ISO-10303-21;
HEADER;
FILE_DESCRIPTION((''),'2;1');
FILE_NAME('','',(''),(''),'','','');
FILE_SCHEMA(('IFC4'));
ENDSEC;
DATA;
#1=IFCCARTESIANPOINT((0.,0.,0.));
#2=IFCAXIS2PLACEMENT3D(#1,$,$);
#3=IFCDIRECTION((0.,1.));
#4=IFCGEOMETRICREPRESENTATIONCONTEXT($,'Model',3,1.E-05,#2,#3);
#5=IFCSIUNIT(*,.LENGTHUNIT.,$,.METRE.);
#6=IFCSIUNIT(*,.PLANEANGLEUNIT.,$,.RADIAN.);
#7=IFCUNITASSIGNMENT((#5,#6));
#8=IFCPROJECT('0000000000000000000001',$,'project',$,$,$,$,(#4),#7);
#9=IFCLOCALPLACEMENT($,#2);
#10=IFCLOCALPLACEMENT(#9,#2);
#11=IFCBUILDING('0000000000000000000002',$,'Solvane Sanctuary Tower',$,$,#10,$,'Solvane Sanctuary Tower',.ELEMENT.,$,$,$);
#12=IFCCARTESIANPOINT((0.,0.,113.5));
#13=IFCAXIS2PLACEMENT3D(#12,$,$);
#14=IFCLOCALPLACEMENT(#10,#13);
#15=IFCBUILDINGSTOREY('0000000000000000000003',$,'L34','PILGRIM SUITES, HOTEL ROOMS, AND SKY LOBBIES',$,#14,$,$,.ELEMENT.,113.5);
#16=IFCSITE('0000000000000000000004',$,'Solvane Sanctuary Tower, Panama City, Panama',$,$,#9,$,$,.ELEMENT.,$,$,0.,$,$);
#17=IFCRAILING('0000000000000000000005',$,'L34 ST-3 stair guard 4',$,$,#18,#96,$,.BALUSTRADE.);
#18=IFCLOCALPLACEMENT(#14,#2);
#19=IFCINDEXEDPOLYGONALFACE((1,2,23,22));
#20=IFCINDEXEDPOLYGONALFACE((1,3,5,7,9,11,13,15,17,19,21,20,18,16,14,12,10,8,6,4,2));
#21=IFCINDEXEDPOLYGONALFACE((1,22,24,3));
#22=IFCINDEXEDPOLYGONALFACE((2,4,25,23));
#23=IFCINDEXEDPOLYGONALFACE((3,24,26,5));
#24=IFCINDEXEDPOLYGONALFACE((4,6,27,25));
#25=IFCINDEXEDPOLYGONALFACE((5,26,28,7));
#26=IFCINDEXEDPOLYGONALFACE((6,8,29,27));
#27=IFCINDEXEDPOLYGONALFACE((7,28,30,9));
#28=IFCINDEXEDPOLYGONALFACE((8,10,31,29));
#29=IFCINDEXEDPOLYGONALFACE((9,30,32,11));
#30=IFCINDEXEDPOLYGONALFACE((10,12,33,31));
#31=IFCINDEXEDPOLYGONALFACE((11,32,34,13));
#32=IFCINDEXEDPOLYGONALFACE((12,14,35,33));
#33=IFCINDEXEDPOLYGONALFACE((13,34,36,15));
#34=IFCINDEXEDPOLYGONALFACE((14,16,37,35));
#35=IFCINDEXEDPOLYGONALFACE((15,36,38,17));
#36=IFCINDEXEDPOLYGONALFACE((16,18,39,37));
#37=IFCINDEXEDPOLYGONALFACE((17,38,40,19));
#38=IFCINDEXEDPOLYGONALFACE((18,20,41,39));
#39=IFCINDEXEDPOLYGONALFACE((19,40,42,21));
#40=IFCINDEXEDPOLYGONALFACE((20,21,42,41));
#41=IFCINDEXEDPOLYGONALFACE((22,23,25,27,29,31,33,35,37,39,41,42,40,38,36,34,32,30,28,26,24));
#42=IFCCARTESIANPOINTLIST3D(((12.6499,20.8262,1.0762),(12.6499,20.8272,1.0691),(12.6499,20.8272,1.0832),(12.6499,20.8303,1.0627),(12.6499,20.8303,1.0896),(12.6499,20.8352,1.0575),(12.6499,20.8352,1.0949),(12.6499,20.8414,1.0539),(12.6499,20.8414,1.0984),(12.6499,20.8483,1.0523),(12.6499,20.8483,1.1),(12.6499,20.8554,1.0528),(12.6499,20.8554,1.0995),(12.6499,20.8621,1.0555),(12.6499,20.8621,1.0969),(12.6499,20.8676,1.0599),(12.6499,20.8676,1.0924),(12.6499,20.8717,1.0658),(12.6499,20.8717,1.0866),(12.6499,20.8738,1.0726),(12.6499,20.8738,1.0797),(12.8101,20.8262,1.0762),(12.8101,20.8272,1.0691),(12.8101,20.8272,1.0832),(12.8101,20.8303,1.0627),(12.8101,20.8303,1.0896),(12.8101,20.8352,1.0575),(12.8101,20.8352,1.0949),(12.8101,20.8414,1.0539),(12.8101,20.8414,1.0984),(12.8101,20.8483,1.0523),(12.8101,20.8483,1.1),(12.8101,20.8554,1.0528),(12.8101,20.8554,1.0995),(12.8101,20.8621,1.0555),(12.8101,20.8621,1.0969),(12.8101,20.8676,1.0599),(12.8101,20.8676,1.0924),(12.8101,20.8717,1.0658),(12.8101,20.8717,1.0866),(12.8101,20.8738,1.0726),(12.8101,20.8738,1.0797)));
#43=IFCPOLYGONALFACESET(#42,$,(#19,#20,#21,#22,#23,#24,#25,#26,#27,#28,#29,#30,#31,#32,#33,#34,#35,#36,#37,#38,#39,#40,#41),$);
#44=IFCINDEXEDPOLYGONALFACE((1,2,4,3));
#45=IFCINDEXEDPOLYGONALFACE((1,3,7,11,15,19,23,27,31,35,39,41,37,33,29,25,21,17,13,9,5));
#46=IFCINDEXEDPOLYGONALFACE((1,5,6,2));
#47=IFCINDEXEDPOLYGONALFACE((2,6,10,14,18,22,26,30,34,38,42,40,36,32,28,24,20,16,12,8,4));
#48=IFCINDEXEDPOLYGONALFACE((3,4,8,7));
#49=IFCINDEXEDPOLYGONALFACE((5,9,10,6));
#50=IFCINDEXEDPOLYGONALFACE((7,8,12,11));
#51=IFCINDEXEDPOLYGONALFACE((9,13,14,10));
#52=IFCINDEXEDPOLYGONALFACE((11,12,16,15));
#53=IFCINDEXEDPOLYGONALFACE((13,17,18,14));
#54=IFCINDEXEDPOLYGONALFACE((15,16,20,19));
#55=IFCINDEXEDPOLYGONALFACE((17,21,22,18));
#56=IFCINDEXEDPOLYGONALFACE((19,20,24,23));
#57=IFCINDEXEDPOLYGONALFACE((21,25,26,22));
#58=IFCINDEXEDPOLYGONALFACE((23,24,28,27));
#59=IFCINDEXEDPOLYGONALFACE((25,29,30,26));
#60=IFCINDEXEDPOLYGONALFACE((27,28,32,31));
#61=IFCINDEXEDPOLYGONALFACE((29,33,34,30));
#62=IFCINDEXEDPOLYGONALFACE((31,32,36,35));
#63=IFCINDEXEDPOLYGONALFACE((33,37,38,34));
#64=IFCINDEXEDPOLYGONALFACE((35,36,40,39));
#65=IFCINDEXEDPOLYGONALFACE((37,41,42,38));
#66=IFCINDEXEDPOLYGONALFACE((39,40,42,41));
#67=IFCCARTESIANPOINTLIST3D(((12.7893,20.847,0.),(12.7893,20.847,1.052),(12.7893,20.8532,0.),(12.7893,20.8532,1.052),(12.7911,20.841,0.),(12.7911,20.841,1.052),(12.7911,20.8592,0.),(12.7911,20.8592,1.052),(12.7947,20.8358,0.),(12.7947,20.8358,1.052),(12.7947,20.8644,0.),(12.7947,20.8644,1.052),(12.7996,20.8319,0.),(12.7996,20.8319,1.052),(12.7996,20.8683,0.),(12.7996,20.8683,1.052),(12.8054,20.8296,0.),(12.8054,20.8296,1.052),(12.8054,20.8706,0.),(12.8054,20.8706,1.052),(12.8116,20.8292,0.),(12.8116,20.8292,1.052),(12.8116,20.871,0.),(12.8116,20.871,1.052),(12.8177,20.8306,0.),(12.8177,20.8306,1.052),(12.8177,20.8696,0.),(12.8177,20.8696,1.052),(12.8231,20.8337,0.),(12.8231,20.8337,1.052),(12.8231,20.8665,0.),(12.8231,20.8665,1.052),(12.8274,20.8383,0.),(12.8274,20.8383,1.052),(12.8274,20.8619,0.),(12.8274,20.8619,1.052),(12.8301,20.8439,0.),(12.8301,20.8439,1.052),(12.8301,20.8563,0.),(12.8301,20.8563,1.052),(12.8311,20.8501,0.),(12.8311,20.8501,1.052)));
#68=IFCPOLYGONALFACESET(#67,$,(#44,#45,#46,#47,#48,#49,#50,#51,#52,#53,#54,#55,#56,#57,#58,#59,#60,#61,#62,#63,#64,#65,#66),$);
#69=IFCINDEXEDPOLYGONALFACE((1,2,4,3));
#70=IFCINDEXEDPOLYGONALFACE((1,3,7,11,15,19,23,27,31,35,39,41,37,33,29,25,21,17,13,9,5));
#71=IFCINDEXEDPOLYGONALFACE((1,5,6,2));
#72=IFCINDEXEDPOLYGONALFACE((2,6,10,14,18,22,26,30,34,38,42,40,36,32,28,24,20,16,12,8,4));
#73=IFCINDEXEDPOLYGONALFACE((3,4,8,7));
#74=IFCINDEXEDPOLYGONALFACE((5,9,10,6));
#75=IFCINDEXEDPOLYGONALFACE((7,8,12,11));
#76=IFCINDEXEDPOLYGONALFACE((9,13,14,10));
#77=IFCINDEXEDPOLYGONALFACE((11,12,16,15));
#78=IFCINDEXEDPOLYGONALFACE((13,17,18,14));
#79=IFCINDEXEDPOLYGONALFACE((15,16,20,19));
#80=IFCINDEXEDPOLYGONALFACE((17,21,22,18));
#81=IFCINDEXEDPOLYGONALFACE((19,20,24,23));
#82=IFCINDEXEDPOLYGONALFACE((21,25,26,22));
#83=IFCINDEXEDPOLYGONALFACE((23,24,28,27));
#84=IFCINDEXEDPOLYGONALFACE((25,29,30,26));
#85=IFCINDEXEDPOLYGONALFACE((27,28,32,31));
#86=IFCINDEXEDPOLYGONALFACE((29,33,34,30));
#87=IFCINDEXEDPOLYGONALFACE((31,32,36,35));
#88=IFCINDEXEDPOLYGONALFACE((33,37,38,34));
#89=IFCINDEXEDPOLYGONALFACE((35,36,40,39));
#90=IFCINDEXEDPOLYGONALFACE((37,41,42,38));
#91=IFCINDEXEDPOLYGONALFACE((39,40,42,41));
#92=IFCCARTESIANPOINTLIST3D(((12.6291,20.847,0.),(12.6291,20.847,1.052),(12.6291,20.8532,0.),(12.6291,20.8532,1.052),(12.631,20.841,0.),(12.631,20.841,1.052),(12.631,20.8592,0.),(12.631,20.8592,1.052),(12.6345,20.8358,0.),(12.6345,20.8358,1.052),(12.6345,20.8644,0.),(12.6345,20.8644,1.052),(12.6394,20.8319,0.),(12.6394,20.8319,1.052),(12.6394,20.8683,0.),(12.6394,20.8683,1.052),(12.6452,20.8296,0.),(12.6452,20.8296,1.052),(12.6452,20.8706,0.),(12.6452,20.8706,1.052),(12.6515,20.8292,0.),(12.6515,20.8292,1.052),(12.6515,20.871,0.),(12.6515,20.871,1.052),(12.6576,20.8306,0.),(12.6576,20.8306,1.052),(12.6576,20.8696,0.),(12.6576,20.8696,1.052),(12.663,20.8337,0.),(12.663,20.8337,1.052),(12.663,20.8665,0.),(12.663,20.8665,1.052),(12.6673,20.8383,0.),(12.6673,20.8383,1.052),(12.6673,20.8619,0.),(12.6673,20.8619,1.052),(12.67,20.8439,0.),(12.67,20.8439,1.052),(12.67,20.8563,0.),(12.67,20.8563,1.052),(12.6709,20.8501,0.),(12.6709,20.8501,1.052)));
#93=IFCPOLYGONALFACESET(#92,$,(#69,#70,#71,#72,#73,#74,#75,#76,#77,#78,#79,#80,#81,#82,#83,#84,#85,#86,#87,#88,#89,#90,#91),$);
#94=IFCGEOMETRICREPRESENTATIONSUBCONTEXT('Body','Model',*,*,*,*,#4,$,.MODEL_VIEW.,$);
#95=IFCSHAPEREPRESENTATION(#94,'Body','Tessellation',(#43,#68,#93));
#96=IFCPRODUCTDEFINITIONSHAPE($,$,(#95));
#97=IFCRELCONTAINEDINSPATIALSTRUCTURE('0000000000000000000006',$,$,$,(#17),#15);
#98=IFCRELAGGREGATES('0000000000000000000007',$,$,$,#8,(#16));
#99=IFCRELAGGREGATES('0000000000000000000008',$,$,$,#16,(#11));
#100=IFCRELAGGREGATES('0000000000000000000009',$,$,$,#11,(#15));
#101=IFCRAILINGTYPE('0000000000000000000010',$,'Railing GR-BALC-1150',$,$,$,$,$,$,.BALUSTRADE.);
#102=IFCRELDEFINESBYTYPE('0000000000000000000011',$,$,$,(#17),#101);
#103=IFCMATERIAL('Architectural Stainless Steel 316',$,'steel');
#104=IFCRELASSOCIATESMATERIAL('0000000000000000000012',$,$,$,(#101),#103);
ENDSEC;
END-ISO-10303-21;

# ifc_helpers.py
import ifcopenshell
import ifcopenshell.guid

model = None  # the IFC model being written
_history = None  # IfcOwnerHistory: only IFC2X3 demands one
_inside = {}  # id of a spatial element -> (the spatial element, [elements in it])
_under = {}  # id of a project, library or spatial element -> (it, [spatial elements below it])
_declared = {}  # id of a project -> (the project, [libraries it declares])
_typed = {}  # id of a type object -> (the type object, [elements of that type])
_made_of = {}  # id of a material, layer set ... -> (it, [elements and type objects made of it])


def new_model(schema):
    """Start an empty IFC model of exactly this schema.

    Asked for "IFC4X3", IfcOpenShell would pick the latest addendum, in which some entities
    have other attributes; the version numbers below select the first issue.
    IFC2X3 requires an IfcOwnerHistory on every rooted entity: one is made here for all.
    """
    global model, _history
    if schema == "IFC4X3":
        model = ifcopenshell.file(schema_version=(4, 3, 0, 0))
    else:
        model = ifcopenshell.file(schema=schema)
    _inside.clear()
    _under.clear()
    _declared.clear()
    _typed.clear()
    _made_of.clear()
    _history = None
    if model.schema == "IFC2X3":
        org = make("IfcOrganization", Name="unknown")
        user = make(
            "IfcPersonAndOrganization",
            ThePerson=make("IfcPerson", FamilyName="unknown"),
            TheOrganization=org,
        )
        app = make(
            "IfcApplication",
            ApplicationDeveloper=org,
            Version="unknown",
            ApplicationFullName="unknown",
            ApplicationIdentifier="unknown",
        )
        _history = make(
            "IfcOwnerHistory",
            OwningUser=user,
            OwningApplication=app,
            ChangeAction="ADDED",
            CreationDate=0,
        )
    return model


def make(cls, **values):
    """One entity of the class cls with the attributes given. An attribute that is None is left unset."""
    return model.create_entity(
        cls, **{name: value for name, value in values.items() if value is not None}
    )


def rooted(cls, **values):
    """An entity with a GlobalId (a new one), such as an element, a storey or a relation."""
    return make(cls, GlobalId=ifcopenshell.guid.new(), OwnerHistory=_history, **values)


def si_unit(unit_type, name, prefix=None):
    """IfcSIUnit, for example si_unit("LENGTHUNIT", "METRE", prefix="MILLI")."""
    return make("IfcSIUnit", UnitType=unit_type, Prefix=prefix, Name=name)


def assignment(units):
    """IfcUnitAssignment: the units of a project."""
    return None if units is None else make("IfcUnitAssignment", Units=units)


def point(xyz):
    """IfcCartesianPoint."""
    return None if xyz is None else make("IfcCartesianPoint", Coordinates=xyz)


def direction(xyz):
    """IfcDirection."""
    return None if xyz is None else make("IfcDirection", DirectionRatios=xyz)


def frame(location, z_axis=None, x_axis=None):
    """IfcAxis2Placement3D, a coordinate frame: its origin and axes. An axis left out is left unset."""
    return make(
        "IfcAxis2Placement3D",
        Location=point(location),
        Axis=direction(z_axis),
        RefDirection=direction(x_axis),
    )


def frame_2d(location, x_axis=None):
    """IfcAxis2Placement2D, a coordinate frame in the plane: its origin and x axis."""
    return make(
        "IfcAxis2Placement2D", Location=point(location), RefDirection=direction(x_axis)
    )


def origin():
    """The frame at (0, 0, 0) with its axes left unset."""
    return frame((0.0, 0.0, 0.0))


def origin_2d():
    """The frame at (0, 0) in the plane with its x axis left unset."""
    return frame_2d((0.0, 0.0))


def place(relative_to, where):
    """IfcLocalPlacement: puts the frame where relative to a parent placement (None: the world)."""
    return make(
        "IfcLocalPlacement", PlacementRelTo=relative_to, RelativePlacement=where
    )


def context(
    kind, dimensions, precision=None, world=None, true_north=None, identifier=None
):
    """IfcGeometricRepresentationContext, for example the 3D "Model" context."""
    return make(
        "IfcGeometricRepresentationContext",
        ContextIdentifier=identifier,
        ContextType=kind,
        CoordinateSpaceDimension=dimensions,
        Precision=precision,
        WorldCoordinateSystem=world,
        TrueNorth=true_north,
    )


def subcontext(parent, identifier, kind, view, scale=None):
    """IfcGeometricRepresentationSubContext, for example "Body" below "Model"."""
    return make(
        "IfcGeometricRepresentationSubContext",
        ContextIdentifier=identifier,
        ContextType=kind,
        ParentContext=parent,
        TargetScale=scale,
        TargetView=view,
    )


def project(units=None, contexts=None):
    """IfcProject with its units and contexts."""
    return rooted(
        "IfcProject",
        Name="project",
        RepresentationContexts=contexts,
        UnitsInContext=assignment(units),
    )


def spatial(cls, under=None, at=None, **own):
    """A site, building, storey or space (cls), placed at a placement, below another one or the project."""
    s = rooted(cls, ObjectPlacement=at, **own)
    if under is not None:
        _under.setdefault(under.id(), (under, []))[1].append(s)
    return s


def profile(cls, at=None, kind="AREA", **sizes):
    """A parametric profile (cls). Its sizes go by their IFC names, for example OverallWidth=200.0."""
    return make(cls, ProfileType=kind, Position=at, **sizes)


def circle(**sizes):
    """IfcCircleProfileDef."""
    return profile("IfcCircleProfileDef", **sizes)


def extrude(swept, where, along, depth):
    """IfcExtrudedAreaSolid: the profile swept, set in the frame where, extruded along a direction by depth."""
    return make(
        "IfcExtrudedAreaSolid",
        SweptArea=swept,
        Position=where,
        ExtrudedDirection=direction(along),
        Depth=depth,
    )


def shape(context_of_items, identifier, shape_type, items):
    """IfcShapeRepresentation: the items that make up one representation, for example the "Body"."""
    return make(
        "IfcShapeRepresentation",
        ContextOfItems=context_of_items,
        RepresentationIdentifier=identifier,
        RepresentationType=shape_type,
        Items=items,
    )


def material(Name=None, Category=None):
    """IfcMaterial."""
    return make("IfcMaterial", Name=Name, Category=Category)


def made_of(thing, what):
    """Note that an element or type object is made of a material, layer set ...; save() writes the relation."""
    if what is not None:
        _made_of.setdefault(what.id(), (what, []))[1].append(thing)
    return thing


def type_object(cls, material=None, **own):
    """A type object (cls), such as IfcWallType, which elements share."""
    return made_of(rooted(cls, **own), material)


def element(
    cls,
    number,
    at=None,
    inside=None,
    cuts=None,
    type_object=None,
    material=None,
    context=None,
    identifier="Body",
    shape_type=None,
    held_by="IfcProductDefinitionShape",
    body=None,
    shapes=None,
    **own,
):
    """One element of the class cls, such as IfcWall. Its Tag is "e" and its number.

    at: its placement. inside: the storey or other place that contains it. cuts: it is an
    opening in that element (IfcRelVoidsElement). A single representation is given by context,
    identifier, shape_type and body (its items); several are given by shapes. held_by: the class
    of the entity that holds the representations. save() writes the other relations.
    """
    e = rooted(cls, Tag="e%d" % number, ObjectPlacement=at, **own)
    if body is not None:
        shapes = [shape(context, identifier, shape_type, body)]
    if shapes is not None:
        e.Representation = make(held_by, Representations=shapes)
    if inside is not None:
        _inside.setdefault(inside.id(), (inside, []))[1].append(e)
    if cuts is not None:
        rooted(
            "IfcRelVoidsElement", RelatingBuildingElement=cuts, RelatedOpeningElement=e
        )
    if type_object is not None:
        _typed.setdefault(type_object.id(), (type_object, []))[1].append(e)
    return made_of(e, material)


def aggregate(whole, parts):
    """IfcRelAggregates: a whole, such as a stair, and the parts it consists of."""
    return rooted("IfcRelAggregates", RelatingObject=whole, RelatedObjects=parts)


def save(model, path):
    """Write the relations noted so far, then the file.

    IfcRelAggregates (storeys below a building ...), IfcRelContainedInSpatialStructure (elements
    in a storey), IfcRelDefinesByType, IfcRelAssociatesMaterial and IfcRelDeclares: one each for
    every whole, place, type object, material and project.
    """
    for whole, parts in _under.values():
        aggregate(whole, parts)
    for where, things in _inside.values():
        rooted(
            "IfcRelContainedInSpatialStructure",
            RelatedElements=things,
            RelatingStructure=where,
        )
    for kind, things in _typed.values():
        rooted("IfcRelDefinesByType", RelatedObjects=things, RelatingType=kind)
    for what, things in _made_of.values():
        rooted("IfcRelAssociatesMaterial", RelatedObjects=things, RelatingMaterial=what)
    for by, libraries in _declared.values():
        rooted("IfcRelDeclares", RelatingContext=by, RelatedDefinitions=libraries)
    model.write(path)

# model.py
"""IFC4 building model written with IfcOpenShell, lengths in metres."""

from ifc_helpers import new_model, si_unit, direction, frame, origin, origin_2d, place, context, subcontext, project, spatial, circle, extrude, material, type_object, element, save


model = new_model("IFC4")

# Units and contexts
model_context = context("Model", 3, precision=1e-05, world=origin(), true_north=direction((0.0, 1.0)))
body_context = subcontext(model_context, "Body", "Model", "MODEL_VIEW")
ifc_project = project(units=[si_unit("LENGTHUNIT", "METRE"), si_unit("PLANEANGLEUNIT", "RADIAN")], contexts=[model_context])

# Site, building, storey
site_placement = place(None, origin())
site = spatial("IfcSite", under=ifc_project, at=site_placement, Name="Solvane Sanctuary Tower, Panama City, Panama", CompositionType="ELEMENT", RefElevation=0.0)
building_placement = place(site_placement, origin())
building = spatial("IfcBuilding", under=site, at=building_placement, Name="Solvane Sanctuary Tower", LongName="Solvane Sanctuary Tower", CompositionType="ELEMENT")
storey_placement = place(building_placement, frame((0.0, 0.0, 113.5)))
storey = spatial("IfcBuildingStorey", under=building, at=storey_placement, Name="L34", Description="PILGRIM SUITES, HOTEL ROOMS, AND SKY LOBBIES", CompositionType="ELEMENT", Elevation=113.5)

# Shared definitions
ifc_material_1 = material(Name="Architectural Stainless Steel 316", Category="steel")

# Railing
railing_type = type_object("IfcRailingType", Name="Railing GR-BALC-1150", PredefinedType="BALUSTRADE", material=ifc_material_1)
railing_1_placement = place(storey_placement, frame((12.8101, 20.8501, 0.0)))
element("IfcRailing", 1, at=railing_1_placement, inside=storey, type_object=railing_type, Name="L34 ST-3 stair guard 4", PredefinedType="BALUSTRADE", context=body_context, shape_type="SweptSolid", body=[
    extrude(circle(Radius=0.0239, at=origin_2d()), frame((0.0, 0.0, 1.0762), z_axis=(-1.0, 0.0, 0.0), x_axis=(0.0, -1.0, 0.0)), (0.0, 0.0, 1.0), 0.1602),
    extrude(circle(Radius=0.021, at=origin_2d()), origin(), (0.0, 0.0, 1.0), 1.052),
    extrude(circle(Radius=0.021, at=origin_2d()), frame((-0.1602, 0.0, 0.0)), (0.0, 0.0, 1.0), 1.052),
])

save(model, "model.ifc")
